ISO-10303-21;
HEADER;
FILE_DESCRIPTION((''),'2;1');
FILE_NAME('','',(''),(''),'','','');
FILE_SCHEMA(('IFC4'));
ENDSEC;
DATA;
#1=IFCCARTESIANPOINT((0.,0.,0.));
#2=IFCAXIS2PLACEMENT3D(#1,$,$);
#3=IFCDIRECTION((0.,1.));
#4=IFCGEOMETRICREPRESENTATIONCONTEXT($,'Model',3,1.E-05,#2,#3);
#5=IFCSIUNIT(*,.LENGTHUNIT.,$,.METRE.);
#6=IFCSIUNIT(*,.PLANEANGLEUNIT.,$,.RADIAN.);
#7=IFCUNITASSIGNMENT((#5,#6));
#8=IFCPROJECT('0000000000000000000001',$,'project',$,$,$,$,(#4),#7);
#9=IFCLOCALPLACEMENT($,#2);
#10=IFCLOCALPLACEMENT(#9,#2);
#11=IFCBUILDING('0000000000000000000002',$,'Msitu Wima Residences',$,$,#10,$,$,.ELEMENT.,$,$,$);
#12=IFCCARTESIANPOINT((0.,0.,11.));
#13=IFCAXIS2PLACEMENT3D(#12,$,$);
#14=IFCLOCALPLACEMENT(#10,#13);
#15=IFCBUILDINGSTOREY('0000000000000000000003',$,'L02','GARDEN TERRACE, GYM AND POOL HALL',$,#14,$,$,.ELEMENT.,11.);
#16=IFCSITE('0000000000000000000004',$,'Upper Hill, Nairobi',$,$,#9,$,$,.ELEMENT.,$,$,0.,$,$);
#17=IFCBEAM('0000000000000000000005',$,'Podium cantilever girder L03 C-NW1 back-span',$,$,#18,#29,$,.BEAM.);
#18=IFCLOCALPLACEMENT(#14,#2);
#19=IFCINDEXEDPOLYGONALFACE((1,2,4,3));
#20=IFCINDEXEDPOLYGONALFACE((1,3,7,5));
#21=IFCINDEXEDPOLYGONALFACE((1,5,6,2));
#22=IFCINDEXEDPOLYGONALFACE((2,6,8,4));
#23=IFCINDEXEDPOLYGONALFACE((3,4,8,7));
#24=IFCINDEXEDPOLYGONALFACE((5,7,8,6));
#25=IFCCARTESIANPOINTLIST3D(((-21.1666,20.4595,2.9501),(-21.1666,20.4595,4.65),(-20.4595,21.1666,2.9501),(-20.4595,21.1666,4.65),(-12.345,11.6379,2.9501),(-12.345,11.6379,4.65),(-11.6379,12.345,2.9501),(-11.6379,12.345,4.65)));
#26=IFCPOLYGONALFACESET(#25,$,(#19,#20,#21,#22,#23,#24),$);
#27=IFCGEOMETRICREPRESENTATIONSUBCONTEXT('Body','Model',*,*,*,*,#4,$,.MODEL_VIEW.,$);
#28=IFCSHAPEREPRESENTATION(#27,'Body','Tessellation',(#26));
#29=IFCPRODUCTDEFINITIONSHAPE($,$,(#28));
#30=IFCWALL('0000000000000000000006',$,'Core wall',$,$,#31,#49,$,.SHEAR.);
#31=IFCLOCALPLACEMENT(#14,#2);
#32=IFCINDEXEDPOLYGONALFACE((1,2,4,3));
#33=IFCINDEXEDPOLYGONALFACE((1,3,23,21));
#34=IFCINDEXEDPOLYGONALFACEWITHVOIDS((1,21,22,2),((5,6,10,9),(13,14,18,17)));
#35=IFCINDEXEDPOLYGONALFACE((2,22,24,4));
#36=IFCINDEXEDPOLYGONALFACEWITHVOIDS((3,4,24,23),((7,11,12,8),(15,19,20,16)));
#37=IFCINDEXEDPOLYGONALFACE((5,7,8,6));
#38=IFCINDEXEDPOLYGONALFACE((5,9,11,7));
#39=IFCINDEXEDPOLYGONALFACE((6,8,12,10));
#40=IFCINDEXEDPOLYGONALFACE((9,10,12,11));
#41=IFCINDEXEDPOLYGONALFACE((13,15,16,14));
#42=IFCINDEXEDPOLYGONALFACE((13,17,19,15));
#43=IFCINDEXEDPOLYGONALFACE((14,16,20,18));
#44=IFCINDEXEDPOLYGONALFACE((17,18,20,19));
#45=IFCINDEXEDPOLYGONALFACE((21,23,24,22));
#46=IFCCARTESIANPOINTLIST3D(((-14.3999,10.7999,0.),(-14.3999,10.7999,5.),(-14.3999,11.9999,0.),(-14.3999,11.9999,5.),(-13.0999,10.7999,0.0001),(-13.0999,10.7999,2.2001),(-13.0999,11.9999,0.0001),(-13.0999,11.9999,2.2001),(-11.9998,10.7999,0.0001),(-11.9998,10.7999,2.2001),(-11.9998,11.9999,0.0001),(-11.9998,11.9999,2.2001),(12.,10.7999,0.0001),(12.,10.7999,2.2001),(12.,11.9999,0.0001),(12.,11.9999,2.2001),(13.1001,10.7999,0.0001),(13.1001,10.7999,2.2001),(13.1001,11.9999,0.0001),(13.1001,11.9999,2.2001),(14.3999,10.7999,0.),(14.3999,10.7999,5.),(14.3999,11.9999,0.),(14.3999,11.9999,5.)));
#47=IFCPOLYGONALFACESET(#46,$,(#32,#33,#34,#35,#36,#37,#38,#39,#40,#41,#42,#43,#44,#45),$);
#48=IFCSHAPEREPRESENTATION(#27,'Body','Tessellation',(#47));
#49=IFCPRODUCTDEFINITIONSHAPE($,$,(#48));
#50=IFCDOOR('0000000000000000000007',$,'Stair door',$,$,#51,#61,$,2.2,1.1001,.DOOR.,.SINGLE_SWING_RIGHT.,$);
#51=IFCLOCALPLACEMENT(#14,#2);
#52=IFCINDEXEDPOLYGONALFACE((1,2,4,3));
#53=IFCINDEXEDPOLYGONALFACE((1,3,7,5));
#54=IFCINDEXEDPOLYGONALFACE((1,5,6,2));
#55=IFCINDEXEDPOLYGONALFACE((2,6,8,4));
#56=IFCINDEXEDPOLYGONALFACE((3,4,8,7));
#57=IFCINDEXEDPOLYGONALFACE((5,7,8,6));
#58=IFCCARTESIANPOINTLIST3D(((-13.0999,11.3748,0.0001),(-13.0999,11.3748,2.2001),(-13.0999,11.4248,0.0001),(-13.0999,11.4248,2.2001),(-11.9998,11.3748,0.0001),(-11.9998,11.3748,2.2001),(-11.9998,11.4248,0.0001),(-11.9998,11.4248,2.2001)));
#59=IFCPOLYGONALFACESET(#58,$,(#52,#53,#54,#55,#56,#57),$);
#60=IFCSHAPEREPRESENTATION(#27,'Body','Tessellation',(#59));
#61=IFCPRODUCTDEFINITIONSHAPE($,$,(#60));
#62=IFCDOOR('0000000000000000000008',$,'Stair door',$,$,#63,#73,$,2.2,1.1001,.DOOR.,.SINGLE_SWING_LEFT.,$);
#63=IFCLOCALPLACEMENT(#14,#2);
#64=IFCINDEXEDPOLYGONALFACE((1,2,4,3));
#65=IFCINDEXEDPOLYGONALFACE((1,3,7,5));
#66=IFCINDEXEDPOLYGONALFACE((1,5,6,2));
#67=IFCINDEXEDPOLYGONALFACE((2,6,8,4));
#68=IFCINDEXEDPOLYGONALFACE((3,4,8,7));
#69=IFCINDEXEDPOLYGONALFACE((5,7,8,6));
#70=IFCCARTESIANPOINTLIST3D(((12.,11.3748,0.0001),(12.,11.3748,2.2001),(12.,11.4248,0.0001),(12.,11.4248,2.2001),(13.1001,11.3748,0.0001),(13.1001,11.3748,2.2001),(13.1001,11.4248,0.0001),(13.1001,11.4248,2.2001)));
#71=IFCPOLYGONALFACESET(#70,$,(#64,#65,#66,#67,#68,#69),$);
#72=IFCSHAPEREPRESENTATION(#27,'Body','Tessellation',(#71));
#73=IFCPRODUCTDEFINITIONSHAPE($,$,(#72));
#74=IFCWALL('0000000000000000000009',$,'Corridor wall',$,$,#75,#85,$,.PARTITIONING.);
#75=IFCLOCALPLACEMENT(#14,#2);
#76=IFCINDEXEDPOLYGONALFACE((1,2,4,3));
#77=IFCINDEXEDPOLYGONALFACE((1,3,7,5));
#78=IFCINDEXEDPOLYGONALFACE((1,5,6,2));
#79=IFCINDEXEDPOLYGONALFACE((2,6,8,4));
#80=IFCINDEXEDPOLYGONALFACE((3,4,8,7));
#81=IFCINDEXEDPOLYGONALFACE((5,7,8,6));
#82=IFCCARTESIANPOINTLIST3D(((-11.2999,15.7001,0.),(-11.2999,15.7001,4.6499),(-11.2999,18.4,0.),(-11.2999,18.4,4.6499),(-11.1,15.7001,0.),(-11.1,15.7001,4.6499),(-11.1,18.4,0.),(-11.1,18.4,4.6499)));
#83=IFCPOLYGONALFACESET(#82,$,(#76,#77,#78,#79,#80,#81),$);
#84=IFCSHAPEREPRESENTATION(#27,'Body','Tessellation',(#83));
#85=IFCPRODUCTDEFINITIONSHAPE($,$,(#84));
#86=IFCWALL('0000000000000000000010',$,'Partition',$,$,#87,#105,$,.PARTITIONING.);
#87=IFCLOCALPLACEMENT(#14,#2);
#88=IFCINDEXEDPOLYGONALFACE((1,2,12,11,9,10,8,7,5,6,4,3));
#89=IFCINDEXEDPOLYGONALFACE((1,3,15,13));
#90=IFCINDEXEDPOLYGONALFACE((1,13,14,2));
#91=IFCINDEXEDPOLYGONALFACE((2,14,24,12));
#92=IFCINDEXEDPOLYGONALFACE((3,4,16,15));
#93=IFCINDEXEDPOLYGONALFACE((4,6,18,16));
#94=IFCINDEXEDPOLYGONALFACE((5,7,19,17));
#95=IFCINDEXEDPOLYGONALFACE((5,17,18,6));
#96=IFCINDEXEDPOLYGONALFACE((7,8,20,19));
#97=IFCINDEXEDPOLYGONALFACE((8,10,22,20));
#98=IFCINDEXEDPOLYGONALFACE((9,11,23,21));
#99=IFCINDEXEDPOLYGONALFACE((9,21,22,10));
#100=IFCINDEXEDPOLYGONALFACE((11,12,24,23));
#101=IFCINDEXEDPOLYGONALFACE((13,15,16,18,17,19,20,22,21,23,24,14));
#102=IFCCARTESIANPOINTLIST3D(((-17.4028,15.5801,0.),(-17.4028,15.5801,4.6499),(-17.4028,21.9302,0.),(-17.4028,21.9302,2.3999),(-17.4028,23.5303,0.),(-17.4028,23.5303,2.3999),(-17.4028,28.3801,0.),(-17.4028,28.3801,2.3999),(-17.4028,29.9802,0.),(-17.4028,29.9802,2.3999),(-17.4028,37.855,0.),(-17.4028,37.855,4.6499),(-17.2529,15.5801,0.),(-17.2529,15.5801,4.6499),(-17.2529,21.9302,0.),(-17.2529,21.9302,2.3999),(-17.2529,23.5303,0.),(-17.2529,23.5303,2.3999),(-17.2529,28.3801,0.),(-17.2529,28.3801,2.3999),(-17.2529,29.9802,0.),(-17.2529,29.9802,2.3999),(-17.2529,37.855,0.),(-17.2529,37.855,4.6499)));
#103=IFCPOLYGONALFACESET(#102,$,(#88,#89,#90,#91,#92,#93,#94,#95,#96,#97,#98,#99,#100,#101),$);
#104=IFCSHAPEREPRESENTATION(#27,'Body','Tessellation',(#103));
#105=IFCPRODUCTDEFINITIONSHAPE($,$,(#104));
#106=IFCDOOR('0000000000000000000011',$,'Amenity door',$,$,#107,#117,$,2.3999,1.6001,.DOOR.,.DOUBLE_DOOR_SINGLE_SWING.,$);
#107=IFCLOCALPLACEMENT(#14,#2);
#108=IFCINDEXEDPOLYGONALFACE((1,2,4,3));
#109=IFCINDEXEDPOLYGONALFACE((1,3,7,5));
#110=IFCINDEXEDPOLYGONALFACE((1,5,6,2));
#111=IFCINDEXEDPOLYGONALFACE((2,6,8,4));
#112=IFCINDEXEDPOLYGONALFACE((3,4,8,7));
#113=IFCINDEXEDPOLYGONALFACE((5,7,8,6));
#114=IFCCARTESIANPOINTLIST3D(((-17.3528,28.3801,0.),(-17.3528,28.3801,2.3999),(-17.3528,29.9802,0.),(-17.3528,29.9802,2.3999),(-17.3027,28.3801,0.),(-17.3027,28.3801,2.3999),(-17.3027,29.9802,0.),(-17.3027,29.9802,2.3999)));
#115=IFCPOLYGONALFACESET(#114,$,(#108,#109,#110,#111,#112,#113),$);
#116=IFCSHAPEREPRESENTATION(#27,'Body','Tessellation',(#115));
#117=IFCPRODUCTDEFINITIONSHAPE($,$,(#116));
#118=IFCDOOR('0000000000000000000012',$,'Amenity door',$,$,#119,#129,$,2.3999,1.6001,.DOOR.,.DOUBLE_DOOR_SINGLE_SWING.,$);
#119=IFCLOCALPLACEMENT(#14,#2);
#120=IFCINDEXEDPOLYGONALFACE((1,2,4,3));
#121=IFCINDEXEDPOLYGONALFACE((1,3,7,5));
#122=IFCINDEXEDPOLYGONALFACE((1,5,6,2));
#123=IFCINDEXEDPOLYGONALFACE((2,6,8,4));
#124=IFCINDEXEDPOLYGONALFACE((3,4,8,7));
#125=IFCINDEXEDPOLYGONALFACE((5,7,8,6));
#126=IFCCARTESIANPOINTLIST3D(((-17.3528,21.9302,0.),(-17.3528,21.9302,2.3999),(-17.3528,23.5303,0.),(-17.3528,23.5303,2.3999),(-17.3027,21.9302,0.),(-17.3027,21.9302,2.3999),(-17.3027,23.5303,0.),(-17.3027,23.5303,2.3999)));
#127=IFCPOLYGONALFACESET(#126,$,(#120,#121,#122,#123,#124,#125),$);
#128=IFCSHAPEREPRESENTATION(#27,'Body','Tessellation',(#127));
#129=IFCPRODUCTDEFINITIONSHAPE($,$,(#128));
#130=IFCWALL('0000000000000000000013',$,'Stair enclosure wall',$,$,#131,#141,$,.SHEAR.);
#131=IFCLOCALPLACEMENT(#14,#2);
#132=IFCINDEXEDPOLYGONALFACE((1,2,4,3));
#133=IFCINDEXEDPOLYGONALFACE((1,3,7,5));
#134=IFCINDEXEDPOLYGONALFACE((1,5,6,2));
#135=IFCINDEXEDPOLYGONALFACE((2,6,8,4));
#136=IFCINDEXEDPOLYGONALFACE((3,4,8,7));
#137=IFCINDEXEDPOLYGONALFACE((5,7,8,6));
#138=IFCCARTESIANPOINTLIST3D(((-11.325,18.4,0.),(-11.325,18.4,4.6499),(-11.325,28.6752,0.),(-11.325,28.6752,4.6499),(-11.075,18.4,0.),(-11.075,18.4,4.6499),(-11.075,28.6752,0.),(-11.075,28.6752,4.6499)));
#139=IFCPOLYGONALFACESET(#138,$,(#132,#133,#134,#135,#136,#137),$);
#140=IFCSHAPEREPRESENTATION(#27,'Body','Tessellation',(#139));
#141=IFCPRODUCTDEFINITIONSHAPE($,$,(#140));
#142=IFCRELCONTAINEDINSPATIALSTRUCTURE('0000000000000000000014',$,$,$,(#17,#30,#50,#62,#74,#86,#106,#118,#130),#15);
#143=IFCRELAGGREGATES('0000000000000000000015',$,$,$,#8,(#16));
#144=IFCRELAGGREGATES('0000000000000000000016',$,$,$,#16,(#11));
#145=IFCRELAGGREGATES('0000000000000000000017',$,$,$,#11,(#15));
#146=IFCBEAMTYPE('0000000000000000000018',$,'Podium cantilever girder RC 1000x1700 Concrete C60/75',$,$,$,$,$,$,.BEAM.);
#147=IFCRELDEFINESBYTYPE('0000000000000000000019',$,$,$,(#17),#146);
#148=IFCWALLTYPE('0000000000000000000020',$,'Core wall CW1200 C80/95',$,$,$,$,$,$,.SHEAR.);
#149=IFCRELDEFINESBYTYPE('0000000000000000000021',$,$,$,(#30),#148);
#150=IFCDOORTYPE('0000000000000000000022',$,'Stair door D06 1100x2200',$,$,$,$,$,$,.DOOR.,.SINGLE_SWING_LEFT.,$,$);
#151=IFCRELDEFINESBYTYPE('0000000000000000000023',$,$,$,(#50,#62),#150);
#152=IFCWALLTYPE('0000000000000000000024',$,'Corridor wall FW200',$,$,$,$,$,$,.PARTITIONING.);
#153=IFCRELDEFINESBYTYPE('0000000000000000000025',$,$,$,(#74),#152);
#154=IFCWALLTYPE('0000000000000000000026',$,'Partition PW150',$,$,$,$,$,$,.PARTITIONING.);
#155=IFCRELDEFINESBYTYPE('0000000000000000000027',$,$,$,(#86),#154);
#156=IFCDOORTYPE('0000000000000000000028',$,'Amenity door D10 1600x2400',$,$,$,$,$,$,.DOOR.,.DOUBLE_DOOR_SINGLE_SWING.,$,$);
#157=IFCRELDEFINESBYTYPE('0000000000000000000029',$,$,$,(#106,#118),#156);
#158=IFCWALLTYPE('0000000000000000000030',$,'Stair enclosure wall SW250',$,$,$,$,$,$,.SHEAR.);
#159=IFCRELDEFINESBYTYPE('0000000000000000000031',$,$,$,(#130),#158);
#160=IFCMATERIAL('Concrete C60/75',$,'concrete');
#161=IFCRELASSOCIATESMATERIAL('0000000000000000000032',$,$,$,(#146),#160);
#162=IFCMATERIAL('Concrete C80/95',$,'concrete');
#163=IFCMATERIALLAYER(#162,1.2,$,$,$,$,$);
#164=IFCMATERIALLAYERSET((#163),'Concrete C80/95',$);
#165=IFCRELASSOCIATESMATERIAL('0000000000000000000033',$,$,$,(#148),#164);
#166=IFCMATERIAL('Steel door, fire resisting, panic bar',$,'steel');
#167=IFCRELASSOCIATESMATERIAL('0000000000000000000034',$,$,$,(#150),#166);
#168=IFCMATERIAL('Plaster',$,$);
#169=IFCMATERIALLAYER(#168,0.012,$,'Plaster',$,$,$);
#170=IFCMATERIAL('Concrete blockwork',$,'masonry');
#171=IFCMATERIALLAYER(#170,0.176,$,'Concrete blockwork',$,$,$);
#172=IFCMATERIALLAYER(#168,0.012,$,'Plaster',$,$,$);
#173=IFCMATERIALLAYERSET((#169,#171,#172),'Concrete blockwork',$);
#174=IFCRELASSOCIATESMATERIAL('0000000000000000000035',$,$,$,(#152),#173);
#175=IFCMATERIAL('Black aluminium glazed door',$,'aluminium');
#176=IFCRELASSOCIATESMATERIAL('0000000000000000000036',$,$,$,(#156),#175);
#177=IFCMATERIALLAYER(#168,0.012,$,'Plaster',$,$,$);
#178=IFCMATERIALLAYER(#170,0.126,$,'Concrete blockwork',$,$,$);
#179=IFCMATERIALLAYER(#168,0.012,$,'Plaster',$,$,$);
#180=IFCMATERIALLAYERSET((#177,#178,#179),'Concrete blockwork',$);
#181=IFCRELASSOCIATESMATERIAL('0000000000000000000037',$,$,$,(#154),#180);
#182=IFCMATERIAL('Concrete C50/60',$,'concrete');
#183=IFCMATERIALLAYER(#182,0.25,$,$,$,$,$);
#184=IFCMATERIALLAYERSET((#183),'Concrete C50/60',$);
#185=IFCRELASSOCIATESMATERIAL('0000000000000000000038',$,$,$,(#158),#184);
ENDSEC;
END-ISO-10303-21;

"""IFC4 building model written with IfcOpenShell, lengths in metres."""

from ifc_helpers import new_model, si_unit, direction, frame, frame_2d, origin, origin_2d, place, context, subcontext, project, spatial, rectangle, extrude, material, layer, layer_set, material_profile, profile_set, type_object, element, fill, save


model = new_model("IFC4")

# Units and contexts
model_context = context("Model", 3, precision=1e-05, world=origin(), true_north=direction((0.0, 1.0)))
body_context = subcontext(model_context, "Body", "Model", "MODEL_VIEW")
ifc_project = project(units=[si_unit("LENGTHUNIT", "METRE"), si_unit("PLANEANGLEUNIT", "RADIAN")], contexts=[model_context])

# Site, building, storey
site_placement = place(None, origin())
site = spatial("IfcSite", under=ifc_project, at=site_placement, Name="Upper Hill, Nairobi", CompositionType="ELEMENT", RefElevation=0.0)
building_placement = place(site_placement, origin())
building = spatial("IfcBuilding", under=site, at=building_placement, Name="Msitu Wima Residences", CompositionType="ELEMENT")
storey_placement = place(building_placement, frame((0.0, 0.0, 11.0)))
storey = spatial("IfcBuildingStorey", under=building, at=storey_placement, Name="L02", Description="GARDEN TERRACE, GYM AND POOL HALL", CompositionType="ELEMENT", Elevation=11.0)

# Beam
ifc_material_1 = material(Name="Concrete C60/75", Category="concrete")
ifc_material_profile = material_profile(ifc_material_1, rectangle(XDim=1.0, YDim=1.7, at=origin_2d()), Name="RC 1000x1700")
ifc_profile_set = profile_set([ifc_material_profile], Name="Concrete C60/75")
beam_type = type_object("IfcBeamType", Name="Podium cantilever girder RC 1000x1700 Concrete C60/75", PredefinedType="BEAM", material=ifc_profile_set)
beam_placement = place(storey_placement, frame((-11.9915, 11.9915, 3.8), z_axis=(-0.707107, 0.707107, 0.0), x_axis=(-0.707107, -0.707107, 0.0)))
element("IfcBeam", 1, at=beam_placement, inside=storey, type_object=beam_type, Name="Podium cantilever girder L03 C-NW1 back-span", PredefinedType="BEAM", context=body_context, shape_type="SweptSolid", body=[
    extrude(rectangle(XDim=1.0, YDim=1.7, at=origin_2d()), origin(), (0.0, 0.0, 1.0), 12.4756),
])

# Wall, openings, doors
ifc_material_2 = material(Name="Concrete C80/95", Category="concrete")
ifc_layer_1 = layer(ifc_material_2, 1.2)
ifc_layer_set_1 = layer_set([ifc_layer_1], Name="Concrete C80/95")
wall_type_1 = type_object("IfcWallType", Name="Core wall CW1200 C80/95", PredefinedType="SHEAR", material=ifc_layer_set_1)
wall_1_placement = place(storey_placement, frame((-14.3999, 11.3999, 0.0), z_axis=(0.0, 0.0, 1.0), x_axis=(1.0, 0.0, 0.0)))
wall_1 = element("IfcWall", 2, at=wall_1_placement, inside=storey, type_object=wall_type_1, Name="Core wall", PredefinedType="SHEAR", context=body_context, shape_type="SweptSolid", body=[
    extrude(rectangle(XDim=28.7998, YDim=1.2, at=frame_2d((14.3999, 0.0))), origin(), (0.0, 0.0, 1.0), 5.0),
])
opening_1_placement = place(wall_1_placement, frame((1.3, 0.0, 0.0)))
opening_1 = element("IfcOpeningElement", 3, at=opening_1_placement, cuts=wall_1, PredefinedType="OPENING", context=body_context, shape_type="SweptSolid", body=[
    extrude(rectangle(XDim=1.1001, YDim=2.2, at=frame_2d((0.55, 1.1001))), frame((0.0, 0.6099, 0.0), z_axis=(0.0, -1.0, 0.0), x_axis=(1.0, 0.0, 0.0)), (0.0, 0.0, 1.0), 1.22),
])
opening_2_placement = place(wall_1_placement, frame((26.3999, 0.0, 0.0)))
opening_2 = element("IfcOpeningElement", 4, at=opening_2_placement, cuts=wall_1, PredefinedType="OPENING", context=body_context, shape_type="SweptSolid", body=[
    extrude(rectangle(XDim=1.1001, YDim=2.2, at=frame_2d((0.55, 1.1001))), frame((0.0, 0.6099, 0.0), z_axis=(0.0, -1.0, 0.0), x_axis=(1.0, 0.0, 0.0)), (0.0, 0.0, 1.0), 1.22),
])
ifc_material_3 = material(Name="Steel door, fire resisting, panic bar", Category="steel")
door_type_1 = type_object("IfcDoorType", Name="Stair door D06 1100x2200", OperationType="SINGLE_SWING_LEFT", PredefinedType="DOOR", material=ifc_material_3)
door_1_placement = place(opening_1_placement, origin())
door_1 = element("IfcDoor", 5, at=door_1_placement, inside=storey, type_object=door_type_1, Name="Stair door", OperationType="SINGLE_SWING_RIGHT", OverallHeight=2.2, OverallWidth=1.1001, PredefinedType="DOOR", context=body_context, shape_type="SweptSolid", body=[
    extrude(rectangle(XDim=1.1001, YDim=2.2, at=frame_2d((0.55, 1.1001))), frame((0.0, 0.0249, 0.0), z_axis=(0.0, -1.0, 0.0), x_axis=(1.0, 0.0, 0.0)), (0.0, 0.0, 1.0), 0.05),
])
fill(opening_1, door_1)
door_2_placement = place(opening_2_placement, origin())
door_2 = element("IfcDoor", 6, at=door_2_placement, inside=storey, type_object=door_type_1, Name="Stair door", OperationType="SINGLE_SWING_LEFT", OverallHeight=2.2, OverallWidth=1.1001, PredefinedType="DOOR", context=body_context, shape_type="SweptSolid", body=[
    extrude(rectangle(XDim=1.1001, YDim=2.2, at=frame_2d((0.55, 1.1001))), frame((0.0, 0.0249, 0.0), z_axis=(0.0, -1.0, 0.0), x_axis=(1.0, 0.0, 0.0)), (0.0, 0.0, 1.0), 0.05),
])
fill(opening_2, door_2)

# Shared definitions
ifc_material_4 = material(Name="Plaster")
ifc_layer_2 = layer(ifc_material_4, 0.012, Name="Plaster")
ifc_material_5 = material(Name="Concrete blockwork", Category="masonry")
ifc_layer_3 = layer(ifc_material_5, 0.176, Name="Concrete blockwork")
ifc_layer_4 = layer(ifc_material_4, 0.012, Name="Plaster")
ifc_layer_set_2 = layer_set([ifc_layer_2, ifc_layer_3, ifc_layer_4], Name="Concrete blockwork")
wall_type_2 = type_object("IfcWallType", Name="Corridor wall FW200", PredefinedType="PARTITIONING", material=ifc_layer_set_2)
ifc_material_6 = material(Name="Black aluminium glazed door", Category="aluminium")
door_type_2 = type_object("IfcDoorType", Name="Amenity door D10 1600x2400", OperationType="DOUBLE_DOOR_SINGLE_SWING", PredefinedType="DOOR", material=ifc_material_6)

# Wall
wall_2_placement = place(storey_placement, frame((-11.2, 15.7, 0.0), z_axis=(0.0, 0.0, 1.0), x_axis=(0.0, 1.0, 0.0)))
element("IfcWall", 7, at=wall_2_placement, inside=storey, type_object=wall_type_2, Name="Corridor wall", PredefinedType="PARTITIONING", context=body_context, shape_type="SweptSolid", body=[
    extrude(rectangle(XDim=2.7, YDim=0.2, at=frame_2d((1.3501, 0.0))), origin(), (0.0, 0.0, 1.0), 4.6499),
])

# Wall, openings, doors
ifc_layer_5 = layer(ifc_material_4, 0.012, Name="Plaster")
ifc_layer_6 = layer(ifc_material_5, 0.126, Name="Concrete blockwork")
ifc_layer_7 = layer(ifc_material_4, 0.012, Name="Plaster")
ifc_layer_set_3 = layer_set([ifc_layer_5, ifc_layer_6, ifc_layer_7], Name="Concrete blockwork")
wall_type_3 = type_object("IfcWallType", Name="Partition PW150", PredefinedType="PARTITIONING", material=ifc_layer_set_3)
wall_3_placement = place(storey_placement, frame((-17.3279, 15.5801, 0.0), z_axis=(0.0, 0.0, 1.0), x_axis=(0.0, 1.0, 0.0)))
wall_3 = element("IfcWall", 8, at=wall_3_placement, inside=storey, type_object=wall_type_3, Name="Partition", PredefinedType="PARTITIONING", context=body_context, shape_type="SweptSolid", body=[
    extrude(rectangle(XDim=22.2749, YDim=0.1499, at=frame_2d((11.1375, 0.0))), origin(), (0.0, 0.0, 1.0), 4.6499),
])
opening_3_placement = place(wall_3_placement, frame((12.8, 0.0, 0.0)))
opening_3 = element("IfcOpeningElement", 9, at=opening_3_placement, cuts=wall_3, PredefinedType="OPENING", context=body_context, shape_type="SweptSolid", body=[
    extrude(rectangle(XDim=1.6001, YDim=2.3999, at=frame_2d((0.8, 1.2))), frame((0.0, 0.085, 0.0), z_axis=(0.0, -1.0, 0.0), x_axis=(1.0, 0.0, 0.0)), (0.0, 0.0, 1.0), 0.1699),
])
opening_4_placement = place(wall_3_placement, frame((6.3501, 0.0, 0.0)))
opening_4 = element("IfcOpeningElement", 10, at=opening_4_placement, cuts=wall_3, PredefinedType="OPENING", context=body_context, shape_type="SweptSolid", body=[
    extrude(rectangle(XDim=1.6001, YDim=2.3999, at=frame_2d((0.8, 1.2))), frame((0.0, 0.085, 0.0), z_axis=(0.0, -1.0, 0.0), x_axis=(1.0, 0.0, 0.0)), (0.0, 0.0, 1.0), 0.1699),
])
door_3_placement = place(opening_3_placement, origin())
door_3 = element("IfcDoor", 11, at=door_3_placement, inside=storey, type_object=door_type_2, Name="Amenity door", OperationType="DOUBLE_DOOR_SINGLE_SWING", OverallHeight=2.3999, OverallWidth=1.6001, PredefinedType="DOOR", context=body_context, shape_type="SweptSolid", body=[
    extrude(rectangle(XDim=1.6001, YDim=2.3999, at=frame_2d((0.8, 1.2))), frame((0.0, 0.0249, 0.0), z_axis=(0.0, -1.0, 0.0), x_axis=(1.0, 0.0, 0.0)), (0.0, 0.0, 1.0), 0.05),
])
fill(opening_3, door_3)
door_4_placement = place(opening_4_placement, origin())
door_4 = element("IfcDoor", 12, at=door_4_placement, inside=storey, type_object=door_type_2, Name="Amenity door", OperationType="DOUBLE_DOOR_SINGLE_SWING", OverallHeight=2.3999, OverallWidth=1.6001, PredefinedType="DOOR", context=body_context, shape_type="SweptSolid", body=[
    extrude(rectangle(XDim=1.6001, YDim=2.3999, at=frame_2d((0.8, 1.2))), frame((0.0, 0.0249, 0.0), z_axis=(0.0, -1.0, 0.0), x_axis=(1.0, 0.0, 0.0)), (0.0, 0.0, 1.0), 0.05),
])
fill(opening_4, door_4)

# Wall
ifc_material_7 = material(Name="Concrete C50/60", Category="concrete")
ifc_layer_8 = layer(ifc_material_7, 0.25)
ifc_layer_set_4 = layer_set([ifc_layer_8], Name="Concrete C50/60")
wall_type_4 = type_object("IfcWallType", Name="Stair enclosure wall SW250", PredefinedType="SHEAR", material=ifc_layer_set_4)
wall_4_placement = place(storey_placement, frame((-11.2, 18.3999, 0.0), z_axis=(0.0, 0.0, 1.0), x_axis=(0.0, 1.0, 0.0)))
element("IfcWall", 13, at=wall_4_placement, inside=storey, type_object=wall_type_4, Name="Stair enclosure wall", PredefinedType="SHEAR", context=body_context, shape_type="SweptSolid", body=[
    extrude(rectangle(XDim=10.2751, YDim=0.25, at=frame_2d((5.1377, 0.0))), origin(), (0.0, 0.0, 1.0), 4.6499),
])

save(model, "model.ifc")
